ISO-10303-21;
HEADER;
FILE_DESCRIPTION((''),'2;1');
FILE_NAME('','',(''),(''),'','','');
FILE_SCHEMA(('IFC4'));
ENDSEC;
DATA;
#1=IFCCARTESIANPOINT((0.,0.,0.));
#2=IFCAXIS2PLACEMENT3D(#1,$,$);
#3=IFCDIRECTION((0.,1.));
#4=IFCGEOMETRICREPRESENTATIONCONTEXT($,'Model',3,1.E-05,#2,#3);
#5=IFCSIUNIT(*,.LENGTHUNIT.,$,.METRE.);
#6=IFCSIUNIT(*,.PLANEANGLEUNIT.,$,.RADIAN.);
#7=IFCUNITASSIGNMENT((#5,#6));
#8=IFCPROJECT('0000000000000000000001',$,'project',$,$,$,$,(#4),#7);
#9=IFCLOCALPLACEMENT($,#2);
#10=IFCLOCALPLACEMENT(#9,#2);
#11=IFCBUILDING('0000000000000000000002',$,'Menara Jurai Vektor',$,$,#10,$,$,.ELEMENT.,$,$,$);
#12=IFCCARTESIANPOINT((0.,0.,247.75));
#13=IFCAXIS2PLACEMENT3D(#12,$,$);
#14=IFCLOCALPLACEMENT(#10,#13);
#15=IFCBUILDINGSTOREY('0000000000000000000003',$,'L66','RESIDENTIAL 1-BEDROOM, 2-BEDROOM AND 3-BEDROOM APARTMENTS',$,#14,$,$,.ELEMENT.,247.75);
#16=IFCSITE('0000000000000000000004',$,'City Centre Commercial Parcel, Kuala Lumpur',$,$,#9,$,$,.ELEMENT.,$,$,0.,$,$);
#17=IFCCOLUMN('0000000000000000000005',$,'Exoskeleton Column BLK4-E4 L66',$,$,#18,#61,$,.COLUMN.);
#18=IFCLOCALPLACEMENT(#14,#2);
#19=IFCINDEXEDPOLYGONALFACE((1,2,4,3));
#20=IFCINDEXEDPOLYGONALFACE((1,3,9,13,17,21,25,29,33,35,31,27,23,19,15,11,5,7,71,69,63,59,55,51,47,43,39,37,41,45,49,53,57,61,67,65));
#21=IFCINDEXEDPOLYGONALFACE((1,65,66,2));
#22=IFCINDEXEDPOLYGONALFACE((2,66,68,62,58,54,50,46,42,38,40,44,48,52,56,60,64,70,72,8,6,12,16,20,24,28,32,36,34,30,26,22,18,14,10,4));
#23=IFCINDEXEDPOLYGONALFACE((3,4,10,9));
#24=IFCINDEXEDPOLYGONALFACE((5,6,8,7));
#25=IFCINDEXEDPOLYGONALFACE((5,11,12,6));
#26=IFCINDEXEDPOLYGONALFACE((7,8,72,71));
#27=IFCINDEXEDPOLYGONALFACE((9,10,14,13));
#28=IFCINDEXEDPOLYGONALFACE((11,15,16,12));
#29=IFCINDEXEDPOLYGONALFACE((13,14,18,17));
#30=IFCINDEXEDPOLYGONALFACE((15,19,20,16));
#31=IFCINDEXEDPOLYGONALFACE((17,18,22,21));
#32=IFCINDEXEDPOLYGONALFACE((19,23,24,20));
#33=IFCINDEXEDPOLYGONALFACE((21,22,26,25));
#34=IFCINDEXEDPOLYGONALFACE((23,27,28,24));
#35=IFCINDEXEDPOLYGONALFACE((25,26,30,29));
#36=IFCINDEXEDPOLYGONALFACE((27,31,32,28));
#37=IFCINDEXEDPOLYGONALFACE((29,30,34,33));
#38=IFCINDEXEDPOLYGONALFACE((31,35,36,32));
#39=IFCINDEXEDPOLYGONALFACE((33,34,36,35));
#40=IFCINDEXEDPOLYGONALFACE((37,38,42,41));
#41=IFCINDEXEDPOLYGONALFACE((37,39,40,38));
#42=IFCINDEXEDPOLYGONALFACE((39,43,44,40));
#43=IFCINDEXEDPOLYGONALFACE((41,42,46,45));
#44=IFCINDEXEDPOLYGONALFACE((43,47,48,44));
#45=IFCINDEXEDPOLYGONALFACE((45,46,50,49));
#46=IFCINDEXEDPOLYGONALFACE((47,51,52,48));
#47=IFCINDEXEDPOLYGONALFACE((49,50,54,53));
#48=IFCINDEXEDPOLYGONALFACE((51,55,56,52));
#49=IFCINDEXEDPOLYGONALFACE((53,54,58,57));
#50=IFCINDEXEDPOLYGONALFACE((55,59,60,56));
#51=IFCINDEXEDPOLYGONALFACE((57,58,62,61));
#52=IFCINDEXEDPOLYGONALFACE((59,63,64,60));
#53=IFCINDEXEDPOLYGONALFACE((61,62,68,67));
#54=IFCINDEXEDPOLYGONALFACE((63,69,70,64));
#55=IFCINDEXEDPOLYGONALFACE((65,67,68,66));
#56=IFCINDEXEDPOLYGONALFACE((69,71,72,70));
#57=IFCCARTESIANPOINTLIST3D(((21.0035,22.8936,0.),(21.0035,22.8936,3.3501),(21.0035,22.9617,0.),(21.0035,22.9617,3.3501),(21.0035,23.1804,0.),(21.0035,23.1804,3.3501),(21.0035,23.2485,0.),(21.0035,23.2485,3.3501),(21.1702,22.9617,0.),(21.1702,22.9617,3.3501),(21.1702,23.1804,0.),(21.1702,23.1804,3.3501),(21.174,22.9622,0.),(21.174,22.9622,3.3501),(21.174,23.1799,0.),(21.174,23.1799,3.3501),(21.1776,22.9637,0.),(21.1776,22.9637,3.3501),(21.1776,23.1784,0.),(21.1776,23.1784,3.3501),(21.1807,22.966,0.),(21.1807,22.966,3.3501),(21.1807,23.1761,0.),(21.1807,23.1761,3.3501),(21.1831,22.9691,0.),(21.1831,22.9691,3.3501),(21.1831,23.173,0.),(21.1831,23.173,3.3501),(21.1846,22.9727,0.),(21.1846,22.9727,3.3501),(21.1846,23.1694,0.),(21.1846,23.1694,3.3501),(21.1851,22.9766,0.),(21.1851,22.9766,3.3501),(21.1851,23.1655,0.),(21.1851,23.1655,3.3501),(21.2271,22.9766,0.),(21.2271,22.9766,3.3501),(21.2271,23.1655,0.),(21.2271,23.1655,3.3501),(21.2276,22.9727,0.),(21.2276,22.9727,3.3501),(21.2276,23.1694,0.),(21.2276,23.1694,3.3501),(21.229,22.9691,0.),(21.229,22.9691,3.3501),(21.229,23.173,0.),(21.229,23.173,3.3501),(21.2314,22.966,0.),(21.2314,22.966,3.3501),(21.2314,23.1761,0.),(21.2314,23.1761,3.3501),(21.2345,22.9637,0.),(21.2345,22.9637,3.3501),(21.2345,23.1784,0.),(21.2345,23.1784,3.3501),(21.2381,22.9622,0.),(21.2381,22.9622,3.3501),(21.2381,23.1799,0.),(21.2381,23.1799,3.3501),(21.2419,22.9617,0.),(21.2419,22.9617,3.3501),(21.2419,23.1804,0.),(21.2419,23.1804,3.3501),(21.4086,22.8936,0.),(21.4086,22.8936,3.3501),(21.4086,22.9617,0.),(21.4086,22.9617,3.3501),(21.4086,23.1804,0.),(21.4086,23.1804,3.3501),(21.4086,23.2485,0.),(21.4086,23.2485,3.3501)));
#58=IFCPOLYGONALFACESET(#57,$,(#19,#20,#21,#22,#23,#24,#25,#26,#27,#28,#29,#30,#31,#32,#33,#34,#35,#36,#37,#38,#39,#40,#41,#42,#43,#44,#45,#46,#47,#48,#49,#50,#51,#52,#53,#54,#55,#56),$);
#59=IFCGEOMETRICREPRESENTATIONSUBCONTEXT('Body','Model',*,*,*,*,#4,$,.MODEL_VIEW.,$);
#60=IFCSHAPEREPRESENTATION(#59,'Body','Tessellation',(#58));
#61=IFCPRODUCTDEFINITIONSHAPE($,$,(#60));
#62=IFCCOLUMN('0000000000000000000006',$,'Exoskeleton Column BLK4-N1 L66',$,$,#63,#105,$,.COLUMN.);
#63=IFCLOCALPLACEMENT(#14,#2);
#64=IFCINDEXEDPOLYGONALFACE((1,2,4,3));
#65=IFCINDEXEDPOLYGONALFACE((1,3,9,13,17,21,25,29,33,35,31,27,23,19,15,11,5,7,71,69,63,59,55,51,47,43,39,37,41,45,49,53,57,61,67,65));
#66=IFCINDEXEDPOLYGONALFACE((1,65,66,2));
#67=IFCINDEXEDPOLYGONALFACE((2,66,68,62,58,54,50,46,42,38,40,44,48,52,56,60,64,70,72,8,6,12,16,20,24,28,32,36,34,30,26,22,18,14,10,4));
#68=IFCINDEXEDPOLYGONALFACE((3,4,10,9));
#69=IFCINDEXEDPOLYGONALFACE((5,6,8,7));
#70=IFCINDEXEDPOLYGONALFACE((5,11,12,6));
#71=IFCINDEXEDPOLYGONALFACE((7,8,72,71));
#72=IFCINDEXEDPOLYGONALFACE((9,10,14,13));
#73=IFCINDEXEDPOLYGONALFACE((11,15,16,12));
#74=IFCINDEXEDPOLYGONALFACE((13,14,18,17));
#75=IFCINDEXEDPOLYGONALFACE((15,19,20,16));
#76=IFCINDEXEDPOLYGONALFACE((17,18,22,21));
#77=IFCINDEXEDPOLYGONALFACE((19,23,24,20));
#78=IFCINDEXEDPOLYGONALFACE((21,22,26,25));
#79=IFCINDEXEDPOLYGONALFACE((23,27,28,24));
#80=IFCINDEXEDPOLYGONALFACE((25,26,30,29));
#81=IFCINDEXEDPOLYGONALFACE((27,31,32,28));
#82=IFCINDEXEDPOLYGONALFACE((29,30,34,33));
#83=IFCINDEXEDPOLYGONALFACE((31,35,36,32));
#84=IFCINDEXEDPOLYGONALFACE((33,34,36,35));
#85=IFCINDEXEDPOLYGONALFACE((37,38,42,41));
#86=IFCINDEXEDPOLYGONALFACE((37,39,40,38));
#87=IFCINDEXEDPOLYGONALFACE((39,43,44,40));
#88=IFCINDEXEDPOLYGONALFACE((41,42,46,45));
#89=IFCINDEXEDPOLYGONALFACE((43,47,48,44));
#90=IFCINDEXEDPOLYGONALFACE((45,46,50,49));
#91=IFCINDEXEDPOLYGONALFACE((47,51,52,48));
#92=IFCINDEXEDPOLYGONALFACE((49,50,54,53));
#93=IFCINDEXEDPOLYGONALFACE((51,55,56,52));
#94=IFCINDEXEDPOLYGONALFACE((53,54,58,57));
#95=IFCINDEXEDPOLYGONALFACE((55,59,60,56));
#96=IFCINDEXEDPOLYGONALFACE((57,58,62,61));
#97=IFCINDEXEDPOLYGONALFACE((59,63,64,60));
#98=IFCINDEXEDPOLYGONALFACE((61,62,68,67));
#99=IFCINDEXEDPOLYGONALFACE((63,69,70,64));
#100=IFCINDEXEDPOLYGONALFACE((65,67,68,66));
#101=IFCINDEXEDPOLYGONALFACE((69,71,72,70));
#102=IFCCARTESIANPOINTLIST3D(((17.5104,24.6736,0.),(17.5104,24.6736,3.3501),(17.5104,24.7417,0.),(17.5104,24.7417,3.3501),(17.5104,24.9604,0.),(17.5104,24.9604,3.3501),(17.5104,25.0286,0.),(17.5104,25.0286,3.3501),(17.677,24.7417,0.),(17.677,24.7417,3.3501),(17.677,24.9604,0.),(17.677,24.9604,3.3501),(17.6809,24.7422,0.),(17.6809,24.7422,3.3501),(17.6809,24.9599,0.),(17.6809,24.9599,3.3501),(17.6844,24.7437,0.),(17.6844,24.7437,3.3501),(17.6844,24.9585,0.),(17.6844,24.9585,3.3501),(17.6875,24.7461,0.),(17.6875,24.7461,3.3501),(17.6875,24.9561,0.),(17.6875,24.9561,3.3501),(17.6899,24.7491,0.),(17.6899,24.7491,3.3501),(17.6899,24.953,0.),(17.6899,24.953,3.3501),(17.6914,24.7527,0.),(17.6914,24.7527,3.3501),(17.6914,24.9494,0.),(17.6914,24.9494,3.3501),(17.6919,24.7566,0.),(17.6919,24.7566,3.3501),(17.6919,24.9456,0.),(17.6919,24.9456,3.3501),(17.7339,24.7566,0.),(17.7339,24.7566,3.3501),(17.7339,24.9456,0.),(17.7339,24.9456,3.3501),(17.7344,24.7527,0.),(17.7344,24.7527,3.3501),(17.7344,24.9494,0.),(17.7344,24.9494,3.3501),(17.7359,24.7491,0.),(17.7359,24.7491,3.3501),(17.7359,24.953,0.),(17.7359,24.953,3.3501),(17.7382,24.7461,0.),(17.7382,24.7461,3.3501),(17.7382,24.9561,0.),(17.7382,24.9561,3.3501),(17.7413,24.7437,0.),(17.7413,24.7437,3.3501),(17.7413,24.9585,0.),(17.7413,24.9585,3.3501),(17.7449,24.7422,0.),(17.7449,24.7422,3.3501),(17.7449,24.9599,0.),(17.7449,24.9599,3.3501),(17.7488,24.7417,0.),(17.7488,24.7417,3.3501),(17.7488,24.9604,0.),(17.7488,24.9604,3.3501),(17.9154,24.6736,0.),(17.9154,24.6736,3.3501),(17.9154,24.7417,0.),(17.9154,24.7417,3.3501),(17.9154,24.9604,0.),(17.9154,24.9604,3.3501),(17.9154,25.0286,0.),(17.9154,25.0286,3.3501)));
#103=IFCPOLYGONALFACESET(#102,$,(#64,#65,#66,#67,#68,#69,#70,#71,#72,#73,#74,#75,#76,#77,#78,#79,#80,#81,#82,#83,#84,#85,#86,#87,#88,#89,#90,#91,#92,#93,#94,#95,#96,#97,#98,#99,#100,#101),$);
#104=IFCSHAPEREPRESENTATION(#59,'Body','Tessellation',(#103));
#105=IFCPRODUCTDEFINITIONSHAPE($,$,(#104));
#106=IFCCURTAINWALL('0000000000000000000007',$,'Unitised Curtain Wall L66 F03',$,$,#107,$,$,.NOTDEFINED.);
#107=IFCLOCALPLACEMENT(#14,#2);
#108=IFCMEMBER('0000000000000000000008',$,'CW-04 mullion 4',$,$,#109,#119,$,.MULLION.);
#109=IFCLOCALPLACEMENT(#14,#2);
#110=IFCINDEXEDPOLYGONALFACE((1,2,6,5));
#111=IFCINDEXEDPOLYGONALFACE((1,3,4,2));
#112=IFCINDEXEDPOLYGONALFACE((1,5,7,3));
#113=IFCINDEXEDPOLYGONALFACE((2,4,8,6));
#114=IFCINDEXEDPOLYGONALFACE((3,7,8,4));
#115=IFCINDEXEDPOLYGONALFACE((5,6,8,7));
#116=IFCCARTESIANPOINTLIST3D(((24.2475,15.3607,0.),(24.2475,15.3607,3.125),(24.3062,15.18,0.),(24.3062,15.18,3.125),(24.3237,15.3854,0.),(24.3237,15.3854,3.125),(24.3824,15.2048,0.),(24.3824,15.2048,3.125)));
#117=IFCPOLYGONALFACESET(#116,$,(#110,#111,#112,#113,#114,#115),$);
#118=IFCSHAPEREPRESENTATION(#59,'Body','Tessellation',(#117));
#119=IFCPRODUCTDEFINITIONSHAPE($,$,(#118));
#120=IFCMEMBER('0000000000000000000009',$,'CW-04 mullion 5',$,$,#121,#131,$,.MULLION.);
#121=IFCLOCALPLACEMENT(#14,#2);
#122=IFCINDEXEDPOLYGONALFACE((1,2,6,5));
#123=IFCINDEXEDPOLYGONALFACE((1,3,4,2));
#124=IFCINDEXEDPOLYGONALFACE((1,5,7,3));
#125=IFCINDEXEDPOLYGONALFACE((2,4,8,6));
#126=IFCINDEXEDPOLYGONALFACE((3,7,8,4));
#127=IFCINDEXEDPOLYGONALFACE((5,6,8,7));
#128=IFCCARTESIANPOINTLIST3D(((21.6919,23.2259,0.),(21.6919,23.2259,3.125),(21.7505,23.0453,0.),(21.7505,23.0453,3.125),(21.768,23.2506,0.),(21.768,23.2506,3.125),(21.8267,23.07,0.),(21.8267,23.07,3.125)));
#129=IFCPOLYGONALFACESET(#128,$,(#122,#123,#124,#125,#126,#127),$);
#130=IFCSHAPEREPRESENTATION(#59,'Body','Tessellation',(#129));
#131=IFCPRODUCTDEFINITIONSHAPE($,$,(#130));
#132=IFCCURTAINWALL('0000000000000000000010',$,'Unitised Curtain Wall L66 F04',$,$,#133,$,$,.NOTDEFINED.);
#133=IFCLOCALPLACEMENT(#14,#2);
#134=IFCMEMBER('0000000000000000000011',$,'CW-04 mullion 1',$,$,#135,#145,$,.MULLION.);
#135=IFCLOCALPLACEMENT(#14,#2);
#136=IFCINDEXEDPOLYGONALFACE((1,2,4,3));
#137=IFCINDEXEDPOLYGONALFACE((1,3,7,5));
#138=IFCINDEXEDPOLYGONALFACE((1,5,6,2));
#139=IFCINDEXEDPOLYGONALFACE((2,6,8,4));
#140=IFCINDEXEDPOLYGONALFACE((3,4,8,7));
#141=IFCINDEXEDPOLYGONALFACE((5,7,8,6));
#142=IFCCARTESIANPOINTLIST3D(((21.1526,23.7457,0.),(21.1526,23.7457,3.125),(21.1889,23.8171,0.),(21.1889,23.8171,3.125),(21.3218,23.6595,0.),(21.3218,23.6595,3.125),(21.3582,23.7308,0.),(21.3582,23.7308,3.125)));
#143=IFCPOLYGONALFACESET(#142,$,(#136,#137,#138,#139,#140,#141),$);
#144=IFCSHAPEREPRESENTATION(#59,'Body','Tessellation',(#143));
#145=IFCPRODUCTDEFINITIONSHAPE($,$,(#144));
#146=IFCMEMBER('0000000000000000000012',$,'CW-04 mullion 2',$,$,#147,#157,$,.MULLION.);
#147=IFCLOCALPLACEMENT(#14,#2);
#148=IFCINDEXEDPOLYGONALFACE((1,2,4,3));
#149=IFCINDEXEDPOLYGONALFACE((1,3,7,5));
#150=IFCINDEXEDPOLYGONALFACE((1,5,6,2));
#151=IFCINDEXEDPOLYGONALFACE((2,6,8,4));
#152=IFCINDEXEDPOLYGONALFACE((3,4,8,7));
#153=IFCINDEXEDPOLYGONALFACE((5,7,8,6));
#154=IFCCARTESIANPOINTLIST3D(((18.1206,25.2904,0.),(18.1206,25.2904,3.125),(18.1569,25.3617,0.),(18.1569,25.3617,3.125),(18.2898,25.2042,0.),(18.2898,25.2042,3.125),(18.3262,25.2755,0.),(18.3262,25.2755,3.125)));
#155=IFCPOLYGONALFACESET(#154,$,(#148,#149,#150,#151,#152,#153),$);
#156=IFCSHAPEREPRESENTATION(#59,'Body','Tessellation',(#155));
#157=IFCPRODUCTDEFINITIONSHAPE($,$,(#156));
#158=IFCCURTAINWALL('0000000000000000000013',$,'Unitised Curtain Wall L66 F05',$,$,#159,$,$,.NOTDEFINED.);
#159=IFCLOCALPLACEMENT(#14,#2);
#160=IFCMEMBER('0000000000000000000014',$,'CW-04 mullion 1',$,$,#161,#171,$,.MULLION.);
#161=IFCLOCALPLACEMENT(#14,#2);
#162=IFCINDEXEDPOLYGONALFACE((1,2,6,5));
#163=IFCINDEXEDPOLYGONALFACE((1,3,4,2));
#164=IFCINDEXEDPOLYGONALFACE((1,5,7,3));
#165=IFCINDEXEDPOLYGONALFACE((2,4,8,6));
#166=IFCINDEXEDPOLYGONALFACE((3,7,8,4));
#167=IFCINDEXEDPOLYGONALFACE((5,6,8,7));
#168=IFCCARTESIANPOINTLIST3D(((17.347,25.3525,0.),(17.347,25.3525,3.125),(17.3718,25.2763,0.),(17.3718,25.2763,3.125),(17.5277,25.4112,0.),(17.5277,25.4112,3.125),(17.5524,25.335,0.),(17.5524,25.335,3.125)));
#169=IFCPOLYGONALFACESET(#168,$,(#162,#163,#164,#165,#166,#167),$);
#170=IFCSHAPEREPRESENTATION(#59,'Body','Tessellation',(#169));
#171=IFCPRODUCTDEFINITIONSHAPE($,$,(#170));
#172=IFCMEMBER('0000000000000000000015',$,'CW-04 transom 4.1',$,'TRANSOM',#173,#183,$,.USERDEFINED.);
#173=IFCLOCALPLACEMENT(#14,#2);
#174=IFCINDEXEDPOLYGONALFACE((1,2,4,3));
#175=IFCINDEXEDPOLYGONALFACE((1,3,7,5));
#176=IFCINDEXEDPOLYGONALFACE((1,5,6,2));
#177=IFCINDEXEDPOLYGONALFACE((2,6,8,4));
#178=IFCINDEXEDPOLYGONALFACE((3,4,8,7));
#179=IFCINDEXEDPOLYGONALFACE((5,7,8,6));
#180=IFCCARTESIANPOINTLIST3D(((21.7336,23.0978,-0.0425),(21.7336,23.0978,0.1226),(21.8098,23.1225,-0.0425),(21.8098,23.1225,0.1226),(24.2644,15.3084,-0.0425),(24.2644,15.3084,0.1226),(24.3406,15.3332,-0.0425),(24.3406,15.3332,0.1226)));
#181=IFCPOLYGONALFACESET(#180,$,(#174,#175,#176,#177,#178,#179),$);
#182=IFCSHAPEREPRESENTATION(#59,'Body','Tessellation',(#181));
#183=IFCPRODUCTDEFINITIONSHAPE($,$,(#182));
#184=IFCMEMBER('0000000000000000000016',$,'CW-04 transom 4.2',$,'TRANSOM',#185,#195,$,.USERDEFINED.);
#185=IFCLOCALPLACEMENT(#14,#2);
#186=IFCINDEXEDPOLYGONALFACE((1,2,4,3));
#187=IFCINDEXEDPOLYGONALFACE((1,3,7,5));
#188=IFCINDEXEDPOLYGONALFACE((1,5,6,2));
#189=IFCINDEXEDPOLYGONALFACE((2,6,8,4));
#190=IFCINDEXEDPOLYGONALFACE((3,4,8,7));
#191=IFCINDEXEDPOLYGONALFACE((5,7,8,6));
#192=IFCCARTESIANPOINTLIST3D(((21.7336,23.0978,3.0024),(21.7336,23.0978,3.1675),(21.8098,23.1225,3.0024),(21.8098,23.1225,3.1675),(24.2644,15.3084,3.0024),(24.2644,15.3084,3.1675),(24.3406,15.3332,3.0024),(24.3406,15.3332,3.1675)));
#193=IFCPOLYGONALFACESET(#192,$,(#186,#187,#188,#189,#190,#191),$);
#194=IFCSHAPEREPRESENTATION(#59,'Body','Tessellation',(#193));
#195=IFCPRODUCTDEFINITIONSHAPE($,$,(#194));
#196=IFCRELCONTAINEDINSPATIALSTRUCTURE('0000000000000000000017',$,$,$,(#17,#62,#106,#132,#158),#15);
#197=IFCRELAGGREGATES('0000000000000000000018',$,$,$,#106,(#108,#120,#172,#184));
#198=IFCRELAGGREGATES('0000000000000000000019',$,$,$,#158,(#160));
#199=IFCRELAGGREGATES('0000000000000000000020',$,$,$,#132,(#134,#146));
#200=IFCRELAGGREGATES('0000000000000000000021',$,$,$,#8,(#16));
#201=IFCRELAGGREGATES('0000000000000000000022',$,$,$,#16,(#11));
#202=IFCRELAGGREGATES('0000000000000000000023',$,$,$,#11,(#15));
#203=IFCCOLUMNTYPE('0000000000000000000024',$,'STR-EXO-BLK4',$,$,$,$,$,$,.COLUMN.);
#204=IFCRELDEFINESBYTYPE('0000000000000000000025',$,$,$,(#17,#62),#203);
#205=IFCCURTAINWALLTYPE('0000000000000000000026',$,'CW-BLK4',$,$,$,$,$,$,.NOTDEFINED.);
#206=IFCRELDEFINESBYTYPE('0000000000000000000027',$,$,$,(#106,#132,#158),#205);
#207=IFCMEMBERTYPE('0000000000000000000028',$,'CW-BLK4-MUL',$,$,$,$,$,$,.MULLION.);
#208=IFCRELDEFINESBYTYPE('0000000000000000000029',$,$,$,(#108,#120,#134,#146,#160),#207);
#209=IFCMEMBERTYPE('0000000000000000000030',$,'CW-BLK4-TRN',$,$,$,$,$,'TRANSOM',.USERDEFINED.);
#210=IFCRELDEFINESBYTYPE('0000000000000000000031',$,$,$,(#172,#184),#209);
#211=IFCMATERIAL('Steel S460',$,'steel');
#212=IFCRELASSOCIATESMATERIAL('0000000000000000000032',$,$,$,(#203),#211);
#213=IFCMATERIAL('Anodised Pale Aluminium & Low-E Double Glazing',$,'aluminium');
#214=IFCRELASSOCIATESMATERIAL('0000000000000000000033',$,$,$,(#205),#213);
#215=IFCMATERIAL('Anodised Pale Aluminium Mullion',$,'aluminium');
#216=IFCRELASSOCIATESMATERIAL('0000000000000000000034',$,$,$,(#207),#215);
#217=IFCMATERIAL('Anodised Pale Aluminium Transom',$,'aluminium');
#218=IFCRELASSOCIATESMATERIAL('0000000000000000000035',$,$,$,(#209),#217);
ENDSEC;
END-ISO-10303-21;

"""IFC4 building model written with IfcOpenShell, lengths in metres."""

from ifc_helpers import new_model, si_unit, direction, frame, origin, origin_2d, place, context, subcontext, project, spatial, rectangle, i_section, extrude, material, material_profile, profile_set, type_object, element, aggregate, save


model = new_model("IFC4")

# Units and contexts
model_context = context("Model", 3, precision=1e-05, world=origin(), true_north=direction((0.0, 1.0)))
body_context = subcontext(model_context, "Body", "Model", "MODEL_VIEW")
ifc_project = project(units=[si_unit("LENGTHUNIT", "METRE"), si_unit("PLANEANGLEUNIT", "RADIAN")], contexts=[model_context])

# Site, building, storey
site_placement = place(None, origin())
site = spatial("IfcSite", under=ifc_project, at=site_placement, Name="City Centre Commercial Parcel, Kuala Lumpur", CompositionType="ELEMENT", RefElevation=0.0)
building_placement = place(site_placement, origin())
building = spatial("IfcBuilding", under=site, at=building_placement, Name="Menara Jurai Vektor", CompositionType="ELEMENT")
storey_placement = place(building_placement, frame((0.0, 0.0, 247.75)))
storey = spatial("IfcBuildingStorey", under=building, at=storey_placement, Name="L66", Description="RESIDENTIAL 1-BEDROOM, 2-BEDROOM AND 3-BEDROOM APARTMENTS", CompositionType="ELEMENT", Elevation=247.75)

# Columns
ifc_material_1 = material(Name="Steel S460", Category="steel")
ifc_material_profile_1 = material_profile(ifc_material_1, i_section(OverallWidth=0.405, OverallDepth=0.355, WebThickness=0.042, FlangeThickness=0.0681, FilletRadius=0.0149, at=origin_2d()), Name="HD 400x551")
ifc_profile_set_1 = profile_set([ifc_material_profile_1], Name="Steel S460")
column_type = type_object("IfcColumnType", Name="STR-EXO-BLK4", PredefinedType="COLUMN", material=ifc_profile_set_1)
for number, where, z_axis, x_axis, name in (
    (1, (21.2061, 23.071, 0.0), (0.0, 0.0, 1.0), (1.0, 0.0, 0.0), "Exoskeleton Column BLK4-E4 L66"),
    (2, (17.7129, 24.8511, 0.0), (0.0, 0.0, 1.0), (1.0, 0.0, 0.0), "Exoskeleton Column BLK4-N1 L66"),
):
    element("IfcColumn", number, at=place(storey_placement, frame(where, z_axis=z_axis, x_axis=x_axis)), inside=storey, type_object=column_type, Name=name, PredefinedType="COLUMN", context=body_context, shape_type="SweptSolid", body=[
        extrude(i_section(OverallWidth=0.405, OverallDepth=0.355, WebThickness=0.042, FlangeThickness=0.0681, FilletRadius=0.0149, at=origin_2d()), origin(), (0.0, 0.0, 1.0), 3.3501),
    ])

# Curtain walls, members
ifc_material_2 = material(Name="Anodised Pale Aluminium & Low-E Double Glazing", Category="aluminium")
curtain_wall_type = type_object("IfcCurtainWallType", Name="CW-BLK4", PredefinedType="NOTDEFINED", material=ifc_material_2)
curtain_wall_1_placement = place(storey_placement, origin())
curtain_wall_1 = element("IfcCurtainWall", 3, at=curtain_wall_1_placement, inside=storey, type_object=curtain_wall_type, Name="Unitised Curtain Wall L66 F03", PredefinedType="NOTDEFINED")
ifc_material_3 = material(Name="Anodised Pale Aluminium Mullion", Category="aluminium")
ifc_material_profile_2 = material_profile(ifc_material_3, rectangle(XDim=0.0801, YDim=0.1899, at=origin_2d()), Name="ALU MUL 80x190")
ifc_profile_set_2 = profile_set([ifc_material_profile_2], Name="Anodised Pale Aluminium Mullion")
member_type_1 = type_object("IfcMemberType", Name="CW-BLK4-MUL", PredefinedType="MULLION", material=ifc_profile_set_2)
member_1_placement = place(storey_placement, frame((24.3149, 15.2827, 0.0), z_axis=(0.0, 0.0, 1.0), x_axis=(-0.951057, -0.309016, 0.0)))
member_1 = element("IfcMember", 4, at=member_1_placement, type_object=member_type_1, Name="CW-04 mullion 4", PredefinedType="MULLION", context=body_context, shape_type="SweptSolid", body=[
    extrude(rectangle(XDim=0.0801, YDim=0.1899, at=origin_2d()), origin(), (0.0, 0.0, 1.0), 3.125),
])
member_2_placement = place(storey_placement, frame((21.7593, 23.1479, 0.0), z_axis=(0.0, 0.0, 1.0), x_axis=(-0.951057, -0.309016, 0.0)))
member_2 = element("IfcMember", 5, at=member_2_placement, type_object=member_type_1, Name="CW-04 mullion 5", PredefinedType="MULLION", context=body_context, shape_type="SweptSolid", body=[
    extrude(rectangle(XDim=0.0801, YDim=0.1899, at=origin_2d()), origin(), (0.0, 0.0, 1.0), 3.125),
])
curtain_wall_2_placement = place(storey_placement, origin())
curtain_wall_2 = element("IfcCurtainWall", 6, at=curtain_wall_2_placement, inside=storey, type_object=curtain_wall_type, Name="Unitised Curtain Wall L66 F04", PredefinedType="NOTDEFINED")
member_3_placement = place(storey_placement, frame((21.2554, 23.7383, 0.0), z_axis=(0.0, 0.0, 1.0), x_axis=(-0.453989, -0.891008, 0.0)))
member_3 = element("IfcMember", 7, at=member_3_placement, type_object=member_type_1, Name="CW-04 mullion 1", PredefinedType="MULLION", context=body_context, shape_type="SweptSolid", body=[
    extrude(rectangle(XDim=0.0801, YDim=0.1899, at=origin_2d()), origin(), (0.0, 0.0, 1.0), 3.125),
])
member_4_placement = place(storey_placement, frame((18.2234, 25.283, 0.0), z_axis=(0.0, 0.0, 1.0), x_axis=(-0.453989, -0.891008, 0.0)))
member_4 = element("IfcMember", 8, at=member_4_placement, type_object=member_type_1, Name="CW-04 mullion 2", PredefinedType="MULLION", context=body_context, shape_type="SweptSolid", body=[
    extrude(rectangle(XDim=0.0801, YDim=0.1899, at=origin_2d()), origin(), (0.0, 0.0, 1.0), 3.125),
])

# Curtain wall, member
curtain_wall_3_placement = place(storey_placement, origin())
curtain_wall_3 = element("IfcCurtainWall", 9, at=curtain_wall_3_placement, inside=storey, type_object=curtain_wall_type, Name="Unitised Curtain Wall L66 F05", PredefinedType="NOTDEFINED")
member_5_placement = place(storey_placement, frame((17.4497, 25.3438, 0.0), z_axis=(0.0, 0.0, 1.0), x_axis=(0.309017, -0.951056, 0.0)))
member_5 = element("IfcMember", 10, at=member_5_placement, type_object=member_type_1, Name="CW-04 mullion 1", PredefinedType="MULLION", context=body_context, shape_type="SweptSolid", body=[
    extrude(rectangle(XDim=0.0801, YDim=0.1899, at=origin_2d()), origin(), (0.0, 0.0, 1.0), 3.125),
])

# Members
ifc_material_4 = material(Name="Anodised Pale Aluminium Transom", Category="aluminium")
ifc_material_profile_3 = material_profile(ifc_material_4, rectangle(XDim=0.0801, YDim=0.165, at=origin_2d()), Name="ALU TRN 80x165")
ifc_profile_set_3 = profile_set([ifc_material_profile_3], Name="Anodised Pale Aluminium Transom")
member_type_2 = type_object("IfcMemberType", Name="CW-BLK4-TRN", ElementType="TRANSOM", PredefinedType="USERDEFINED", material=ifc_profile_set_3)
member_6_placement = place(storey_placement, frame((24.3025, 15.3208, 0.04), z_axis=(-0.309002, 0.951061, 0.0), x_axis=(-0.951061, -0.309002, 0.0)))
member_6 = element("IfcMember", 11, at=member_6_placement, type_object=member_type_2, Name="CW-04 transom 4.1", ObjectType="TRANSOM", PredefinedType="USERDEFINED", context=body_context, shape_type="SweptSolid", body=[
    extrude(rectangle(XDim=0.0801, YDim=0.165, at=origin_2d()), origin(), (0.0, 0.0, 1.0), 8.1902),
])
member_7_placement = place(storey_placement, frame((24.3025, 15.3208, 3.085), z_axis=(-0.309002, 0.951061, 0.0), x_axis=(-0.951061, -0.309002, 0.0)))
member_7 = element("IfcMember", 12, at=member_7_placement, type_object=member_type_2, Name="CW-04 transom 4.2", ObjectType="TRANSOM", PredefinedType="USERDEFINED", context=body_context, shape_type="SweptSolid", body=[
    extrude(rectangle(XDim=0.0801, YDim=0.165, at=origin_2d()), origin(), (0.0, 0.0, 1.0), 8.1902),
])

aggregate(curtain_wall_1, [member_1, member_2, member_6, member_7])
aggregate(curtain_wall_3, [member_5])
aggregate(curtain_wall_2, [member_3, member_4])

save(model, "model.ifc")
